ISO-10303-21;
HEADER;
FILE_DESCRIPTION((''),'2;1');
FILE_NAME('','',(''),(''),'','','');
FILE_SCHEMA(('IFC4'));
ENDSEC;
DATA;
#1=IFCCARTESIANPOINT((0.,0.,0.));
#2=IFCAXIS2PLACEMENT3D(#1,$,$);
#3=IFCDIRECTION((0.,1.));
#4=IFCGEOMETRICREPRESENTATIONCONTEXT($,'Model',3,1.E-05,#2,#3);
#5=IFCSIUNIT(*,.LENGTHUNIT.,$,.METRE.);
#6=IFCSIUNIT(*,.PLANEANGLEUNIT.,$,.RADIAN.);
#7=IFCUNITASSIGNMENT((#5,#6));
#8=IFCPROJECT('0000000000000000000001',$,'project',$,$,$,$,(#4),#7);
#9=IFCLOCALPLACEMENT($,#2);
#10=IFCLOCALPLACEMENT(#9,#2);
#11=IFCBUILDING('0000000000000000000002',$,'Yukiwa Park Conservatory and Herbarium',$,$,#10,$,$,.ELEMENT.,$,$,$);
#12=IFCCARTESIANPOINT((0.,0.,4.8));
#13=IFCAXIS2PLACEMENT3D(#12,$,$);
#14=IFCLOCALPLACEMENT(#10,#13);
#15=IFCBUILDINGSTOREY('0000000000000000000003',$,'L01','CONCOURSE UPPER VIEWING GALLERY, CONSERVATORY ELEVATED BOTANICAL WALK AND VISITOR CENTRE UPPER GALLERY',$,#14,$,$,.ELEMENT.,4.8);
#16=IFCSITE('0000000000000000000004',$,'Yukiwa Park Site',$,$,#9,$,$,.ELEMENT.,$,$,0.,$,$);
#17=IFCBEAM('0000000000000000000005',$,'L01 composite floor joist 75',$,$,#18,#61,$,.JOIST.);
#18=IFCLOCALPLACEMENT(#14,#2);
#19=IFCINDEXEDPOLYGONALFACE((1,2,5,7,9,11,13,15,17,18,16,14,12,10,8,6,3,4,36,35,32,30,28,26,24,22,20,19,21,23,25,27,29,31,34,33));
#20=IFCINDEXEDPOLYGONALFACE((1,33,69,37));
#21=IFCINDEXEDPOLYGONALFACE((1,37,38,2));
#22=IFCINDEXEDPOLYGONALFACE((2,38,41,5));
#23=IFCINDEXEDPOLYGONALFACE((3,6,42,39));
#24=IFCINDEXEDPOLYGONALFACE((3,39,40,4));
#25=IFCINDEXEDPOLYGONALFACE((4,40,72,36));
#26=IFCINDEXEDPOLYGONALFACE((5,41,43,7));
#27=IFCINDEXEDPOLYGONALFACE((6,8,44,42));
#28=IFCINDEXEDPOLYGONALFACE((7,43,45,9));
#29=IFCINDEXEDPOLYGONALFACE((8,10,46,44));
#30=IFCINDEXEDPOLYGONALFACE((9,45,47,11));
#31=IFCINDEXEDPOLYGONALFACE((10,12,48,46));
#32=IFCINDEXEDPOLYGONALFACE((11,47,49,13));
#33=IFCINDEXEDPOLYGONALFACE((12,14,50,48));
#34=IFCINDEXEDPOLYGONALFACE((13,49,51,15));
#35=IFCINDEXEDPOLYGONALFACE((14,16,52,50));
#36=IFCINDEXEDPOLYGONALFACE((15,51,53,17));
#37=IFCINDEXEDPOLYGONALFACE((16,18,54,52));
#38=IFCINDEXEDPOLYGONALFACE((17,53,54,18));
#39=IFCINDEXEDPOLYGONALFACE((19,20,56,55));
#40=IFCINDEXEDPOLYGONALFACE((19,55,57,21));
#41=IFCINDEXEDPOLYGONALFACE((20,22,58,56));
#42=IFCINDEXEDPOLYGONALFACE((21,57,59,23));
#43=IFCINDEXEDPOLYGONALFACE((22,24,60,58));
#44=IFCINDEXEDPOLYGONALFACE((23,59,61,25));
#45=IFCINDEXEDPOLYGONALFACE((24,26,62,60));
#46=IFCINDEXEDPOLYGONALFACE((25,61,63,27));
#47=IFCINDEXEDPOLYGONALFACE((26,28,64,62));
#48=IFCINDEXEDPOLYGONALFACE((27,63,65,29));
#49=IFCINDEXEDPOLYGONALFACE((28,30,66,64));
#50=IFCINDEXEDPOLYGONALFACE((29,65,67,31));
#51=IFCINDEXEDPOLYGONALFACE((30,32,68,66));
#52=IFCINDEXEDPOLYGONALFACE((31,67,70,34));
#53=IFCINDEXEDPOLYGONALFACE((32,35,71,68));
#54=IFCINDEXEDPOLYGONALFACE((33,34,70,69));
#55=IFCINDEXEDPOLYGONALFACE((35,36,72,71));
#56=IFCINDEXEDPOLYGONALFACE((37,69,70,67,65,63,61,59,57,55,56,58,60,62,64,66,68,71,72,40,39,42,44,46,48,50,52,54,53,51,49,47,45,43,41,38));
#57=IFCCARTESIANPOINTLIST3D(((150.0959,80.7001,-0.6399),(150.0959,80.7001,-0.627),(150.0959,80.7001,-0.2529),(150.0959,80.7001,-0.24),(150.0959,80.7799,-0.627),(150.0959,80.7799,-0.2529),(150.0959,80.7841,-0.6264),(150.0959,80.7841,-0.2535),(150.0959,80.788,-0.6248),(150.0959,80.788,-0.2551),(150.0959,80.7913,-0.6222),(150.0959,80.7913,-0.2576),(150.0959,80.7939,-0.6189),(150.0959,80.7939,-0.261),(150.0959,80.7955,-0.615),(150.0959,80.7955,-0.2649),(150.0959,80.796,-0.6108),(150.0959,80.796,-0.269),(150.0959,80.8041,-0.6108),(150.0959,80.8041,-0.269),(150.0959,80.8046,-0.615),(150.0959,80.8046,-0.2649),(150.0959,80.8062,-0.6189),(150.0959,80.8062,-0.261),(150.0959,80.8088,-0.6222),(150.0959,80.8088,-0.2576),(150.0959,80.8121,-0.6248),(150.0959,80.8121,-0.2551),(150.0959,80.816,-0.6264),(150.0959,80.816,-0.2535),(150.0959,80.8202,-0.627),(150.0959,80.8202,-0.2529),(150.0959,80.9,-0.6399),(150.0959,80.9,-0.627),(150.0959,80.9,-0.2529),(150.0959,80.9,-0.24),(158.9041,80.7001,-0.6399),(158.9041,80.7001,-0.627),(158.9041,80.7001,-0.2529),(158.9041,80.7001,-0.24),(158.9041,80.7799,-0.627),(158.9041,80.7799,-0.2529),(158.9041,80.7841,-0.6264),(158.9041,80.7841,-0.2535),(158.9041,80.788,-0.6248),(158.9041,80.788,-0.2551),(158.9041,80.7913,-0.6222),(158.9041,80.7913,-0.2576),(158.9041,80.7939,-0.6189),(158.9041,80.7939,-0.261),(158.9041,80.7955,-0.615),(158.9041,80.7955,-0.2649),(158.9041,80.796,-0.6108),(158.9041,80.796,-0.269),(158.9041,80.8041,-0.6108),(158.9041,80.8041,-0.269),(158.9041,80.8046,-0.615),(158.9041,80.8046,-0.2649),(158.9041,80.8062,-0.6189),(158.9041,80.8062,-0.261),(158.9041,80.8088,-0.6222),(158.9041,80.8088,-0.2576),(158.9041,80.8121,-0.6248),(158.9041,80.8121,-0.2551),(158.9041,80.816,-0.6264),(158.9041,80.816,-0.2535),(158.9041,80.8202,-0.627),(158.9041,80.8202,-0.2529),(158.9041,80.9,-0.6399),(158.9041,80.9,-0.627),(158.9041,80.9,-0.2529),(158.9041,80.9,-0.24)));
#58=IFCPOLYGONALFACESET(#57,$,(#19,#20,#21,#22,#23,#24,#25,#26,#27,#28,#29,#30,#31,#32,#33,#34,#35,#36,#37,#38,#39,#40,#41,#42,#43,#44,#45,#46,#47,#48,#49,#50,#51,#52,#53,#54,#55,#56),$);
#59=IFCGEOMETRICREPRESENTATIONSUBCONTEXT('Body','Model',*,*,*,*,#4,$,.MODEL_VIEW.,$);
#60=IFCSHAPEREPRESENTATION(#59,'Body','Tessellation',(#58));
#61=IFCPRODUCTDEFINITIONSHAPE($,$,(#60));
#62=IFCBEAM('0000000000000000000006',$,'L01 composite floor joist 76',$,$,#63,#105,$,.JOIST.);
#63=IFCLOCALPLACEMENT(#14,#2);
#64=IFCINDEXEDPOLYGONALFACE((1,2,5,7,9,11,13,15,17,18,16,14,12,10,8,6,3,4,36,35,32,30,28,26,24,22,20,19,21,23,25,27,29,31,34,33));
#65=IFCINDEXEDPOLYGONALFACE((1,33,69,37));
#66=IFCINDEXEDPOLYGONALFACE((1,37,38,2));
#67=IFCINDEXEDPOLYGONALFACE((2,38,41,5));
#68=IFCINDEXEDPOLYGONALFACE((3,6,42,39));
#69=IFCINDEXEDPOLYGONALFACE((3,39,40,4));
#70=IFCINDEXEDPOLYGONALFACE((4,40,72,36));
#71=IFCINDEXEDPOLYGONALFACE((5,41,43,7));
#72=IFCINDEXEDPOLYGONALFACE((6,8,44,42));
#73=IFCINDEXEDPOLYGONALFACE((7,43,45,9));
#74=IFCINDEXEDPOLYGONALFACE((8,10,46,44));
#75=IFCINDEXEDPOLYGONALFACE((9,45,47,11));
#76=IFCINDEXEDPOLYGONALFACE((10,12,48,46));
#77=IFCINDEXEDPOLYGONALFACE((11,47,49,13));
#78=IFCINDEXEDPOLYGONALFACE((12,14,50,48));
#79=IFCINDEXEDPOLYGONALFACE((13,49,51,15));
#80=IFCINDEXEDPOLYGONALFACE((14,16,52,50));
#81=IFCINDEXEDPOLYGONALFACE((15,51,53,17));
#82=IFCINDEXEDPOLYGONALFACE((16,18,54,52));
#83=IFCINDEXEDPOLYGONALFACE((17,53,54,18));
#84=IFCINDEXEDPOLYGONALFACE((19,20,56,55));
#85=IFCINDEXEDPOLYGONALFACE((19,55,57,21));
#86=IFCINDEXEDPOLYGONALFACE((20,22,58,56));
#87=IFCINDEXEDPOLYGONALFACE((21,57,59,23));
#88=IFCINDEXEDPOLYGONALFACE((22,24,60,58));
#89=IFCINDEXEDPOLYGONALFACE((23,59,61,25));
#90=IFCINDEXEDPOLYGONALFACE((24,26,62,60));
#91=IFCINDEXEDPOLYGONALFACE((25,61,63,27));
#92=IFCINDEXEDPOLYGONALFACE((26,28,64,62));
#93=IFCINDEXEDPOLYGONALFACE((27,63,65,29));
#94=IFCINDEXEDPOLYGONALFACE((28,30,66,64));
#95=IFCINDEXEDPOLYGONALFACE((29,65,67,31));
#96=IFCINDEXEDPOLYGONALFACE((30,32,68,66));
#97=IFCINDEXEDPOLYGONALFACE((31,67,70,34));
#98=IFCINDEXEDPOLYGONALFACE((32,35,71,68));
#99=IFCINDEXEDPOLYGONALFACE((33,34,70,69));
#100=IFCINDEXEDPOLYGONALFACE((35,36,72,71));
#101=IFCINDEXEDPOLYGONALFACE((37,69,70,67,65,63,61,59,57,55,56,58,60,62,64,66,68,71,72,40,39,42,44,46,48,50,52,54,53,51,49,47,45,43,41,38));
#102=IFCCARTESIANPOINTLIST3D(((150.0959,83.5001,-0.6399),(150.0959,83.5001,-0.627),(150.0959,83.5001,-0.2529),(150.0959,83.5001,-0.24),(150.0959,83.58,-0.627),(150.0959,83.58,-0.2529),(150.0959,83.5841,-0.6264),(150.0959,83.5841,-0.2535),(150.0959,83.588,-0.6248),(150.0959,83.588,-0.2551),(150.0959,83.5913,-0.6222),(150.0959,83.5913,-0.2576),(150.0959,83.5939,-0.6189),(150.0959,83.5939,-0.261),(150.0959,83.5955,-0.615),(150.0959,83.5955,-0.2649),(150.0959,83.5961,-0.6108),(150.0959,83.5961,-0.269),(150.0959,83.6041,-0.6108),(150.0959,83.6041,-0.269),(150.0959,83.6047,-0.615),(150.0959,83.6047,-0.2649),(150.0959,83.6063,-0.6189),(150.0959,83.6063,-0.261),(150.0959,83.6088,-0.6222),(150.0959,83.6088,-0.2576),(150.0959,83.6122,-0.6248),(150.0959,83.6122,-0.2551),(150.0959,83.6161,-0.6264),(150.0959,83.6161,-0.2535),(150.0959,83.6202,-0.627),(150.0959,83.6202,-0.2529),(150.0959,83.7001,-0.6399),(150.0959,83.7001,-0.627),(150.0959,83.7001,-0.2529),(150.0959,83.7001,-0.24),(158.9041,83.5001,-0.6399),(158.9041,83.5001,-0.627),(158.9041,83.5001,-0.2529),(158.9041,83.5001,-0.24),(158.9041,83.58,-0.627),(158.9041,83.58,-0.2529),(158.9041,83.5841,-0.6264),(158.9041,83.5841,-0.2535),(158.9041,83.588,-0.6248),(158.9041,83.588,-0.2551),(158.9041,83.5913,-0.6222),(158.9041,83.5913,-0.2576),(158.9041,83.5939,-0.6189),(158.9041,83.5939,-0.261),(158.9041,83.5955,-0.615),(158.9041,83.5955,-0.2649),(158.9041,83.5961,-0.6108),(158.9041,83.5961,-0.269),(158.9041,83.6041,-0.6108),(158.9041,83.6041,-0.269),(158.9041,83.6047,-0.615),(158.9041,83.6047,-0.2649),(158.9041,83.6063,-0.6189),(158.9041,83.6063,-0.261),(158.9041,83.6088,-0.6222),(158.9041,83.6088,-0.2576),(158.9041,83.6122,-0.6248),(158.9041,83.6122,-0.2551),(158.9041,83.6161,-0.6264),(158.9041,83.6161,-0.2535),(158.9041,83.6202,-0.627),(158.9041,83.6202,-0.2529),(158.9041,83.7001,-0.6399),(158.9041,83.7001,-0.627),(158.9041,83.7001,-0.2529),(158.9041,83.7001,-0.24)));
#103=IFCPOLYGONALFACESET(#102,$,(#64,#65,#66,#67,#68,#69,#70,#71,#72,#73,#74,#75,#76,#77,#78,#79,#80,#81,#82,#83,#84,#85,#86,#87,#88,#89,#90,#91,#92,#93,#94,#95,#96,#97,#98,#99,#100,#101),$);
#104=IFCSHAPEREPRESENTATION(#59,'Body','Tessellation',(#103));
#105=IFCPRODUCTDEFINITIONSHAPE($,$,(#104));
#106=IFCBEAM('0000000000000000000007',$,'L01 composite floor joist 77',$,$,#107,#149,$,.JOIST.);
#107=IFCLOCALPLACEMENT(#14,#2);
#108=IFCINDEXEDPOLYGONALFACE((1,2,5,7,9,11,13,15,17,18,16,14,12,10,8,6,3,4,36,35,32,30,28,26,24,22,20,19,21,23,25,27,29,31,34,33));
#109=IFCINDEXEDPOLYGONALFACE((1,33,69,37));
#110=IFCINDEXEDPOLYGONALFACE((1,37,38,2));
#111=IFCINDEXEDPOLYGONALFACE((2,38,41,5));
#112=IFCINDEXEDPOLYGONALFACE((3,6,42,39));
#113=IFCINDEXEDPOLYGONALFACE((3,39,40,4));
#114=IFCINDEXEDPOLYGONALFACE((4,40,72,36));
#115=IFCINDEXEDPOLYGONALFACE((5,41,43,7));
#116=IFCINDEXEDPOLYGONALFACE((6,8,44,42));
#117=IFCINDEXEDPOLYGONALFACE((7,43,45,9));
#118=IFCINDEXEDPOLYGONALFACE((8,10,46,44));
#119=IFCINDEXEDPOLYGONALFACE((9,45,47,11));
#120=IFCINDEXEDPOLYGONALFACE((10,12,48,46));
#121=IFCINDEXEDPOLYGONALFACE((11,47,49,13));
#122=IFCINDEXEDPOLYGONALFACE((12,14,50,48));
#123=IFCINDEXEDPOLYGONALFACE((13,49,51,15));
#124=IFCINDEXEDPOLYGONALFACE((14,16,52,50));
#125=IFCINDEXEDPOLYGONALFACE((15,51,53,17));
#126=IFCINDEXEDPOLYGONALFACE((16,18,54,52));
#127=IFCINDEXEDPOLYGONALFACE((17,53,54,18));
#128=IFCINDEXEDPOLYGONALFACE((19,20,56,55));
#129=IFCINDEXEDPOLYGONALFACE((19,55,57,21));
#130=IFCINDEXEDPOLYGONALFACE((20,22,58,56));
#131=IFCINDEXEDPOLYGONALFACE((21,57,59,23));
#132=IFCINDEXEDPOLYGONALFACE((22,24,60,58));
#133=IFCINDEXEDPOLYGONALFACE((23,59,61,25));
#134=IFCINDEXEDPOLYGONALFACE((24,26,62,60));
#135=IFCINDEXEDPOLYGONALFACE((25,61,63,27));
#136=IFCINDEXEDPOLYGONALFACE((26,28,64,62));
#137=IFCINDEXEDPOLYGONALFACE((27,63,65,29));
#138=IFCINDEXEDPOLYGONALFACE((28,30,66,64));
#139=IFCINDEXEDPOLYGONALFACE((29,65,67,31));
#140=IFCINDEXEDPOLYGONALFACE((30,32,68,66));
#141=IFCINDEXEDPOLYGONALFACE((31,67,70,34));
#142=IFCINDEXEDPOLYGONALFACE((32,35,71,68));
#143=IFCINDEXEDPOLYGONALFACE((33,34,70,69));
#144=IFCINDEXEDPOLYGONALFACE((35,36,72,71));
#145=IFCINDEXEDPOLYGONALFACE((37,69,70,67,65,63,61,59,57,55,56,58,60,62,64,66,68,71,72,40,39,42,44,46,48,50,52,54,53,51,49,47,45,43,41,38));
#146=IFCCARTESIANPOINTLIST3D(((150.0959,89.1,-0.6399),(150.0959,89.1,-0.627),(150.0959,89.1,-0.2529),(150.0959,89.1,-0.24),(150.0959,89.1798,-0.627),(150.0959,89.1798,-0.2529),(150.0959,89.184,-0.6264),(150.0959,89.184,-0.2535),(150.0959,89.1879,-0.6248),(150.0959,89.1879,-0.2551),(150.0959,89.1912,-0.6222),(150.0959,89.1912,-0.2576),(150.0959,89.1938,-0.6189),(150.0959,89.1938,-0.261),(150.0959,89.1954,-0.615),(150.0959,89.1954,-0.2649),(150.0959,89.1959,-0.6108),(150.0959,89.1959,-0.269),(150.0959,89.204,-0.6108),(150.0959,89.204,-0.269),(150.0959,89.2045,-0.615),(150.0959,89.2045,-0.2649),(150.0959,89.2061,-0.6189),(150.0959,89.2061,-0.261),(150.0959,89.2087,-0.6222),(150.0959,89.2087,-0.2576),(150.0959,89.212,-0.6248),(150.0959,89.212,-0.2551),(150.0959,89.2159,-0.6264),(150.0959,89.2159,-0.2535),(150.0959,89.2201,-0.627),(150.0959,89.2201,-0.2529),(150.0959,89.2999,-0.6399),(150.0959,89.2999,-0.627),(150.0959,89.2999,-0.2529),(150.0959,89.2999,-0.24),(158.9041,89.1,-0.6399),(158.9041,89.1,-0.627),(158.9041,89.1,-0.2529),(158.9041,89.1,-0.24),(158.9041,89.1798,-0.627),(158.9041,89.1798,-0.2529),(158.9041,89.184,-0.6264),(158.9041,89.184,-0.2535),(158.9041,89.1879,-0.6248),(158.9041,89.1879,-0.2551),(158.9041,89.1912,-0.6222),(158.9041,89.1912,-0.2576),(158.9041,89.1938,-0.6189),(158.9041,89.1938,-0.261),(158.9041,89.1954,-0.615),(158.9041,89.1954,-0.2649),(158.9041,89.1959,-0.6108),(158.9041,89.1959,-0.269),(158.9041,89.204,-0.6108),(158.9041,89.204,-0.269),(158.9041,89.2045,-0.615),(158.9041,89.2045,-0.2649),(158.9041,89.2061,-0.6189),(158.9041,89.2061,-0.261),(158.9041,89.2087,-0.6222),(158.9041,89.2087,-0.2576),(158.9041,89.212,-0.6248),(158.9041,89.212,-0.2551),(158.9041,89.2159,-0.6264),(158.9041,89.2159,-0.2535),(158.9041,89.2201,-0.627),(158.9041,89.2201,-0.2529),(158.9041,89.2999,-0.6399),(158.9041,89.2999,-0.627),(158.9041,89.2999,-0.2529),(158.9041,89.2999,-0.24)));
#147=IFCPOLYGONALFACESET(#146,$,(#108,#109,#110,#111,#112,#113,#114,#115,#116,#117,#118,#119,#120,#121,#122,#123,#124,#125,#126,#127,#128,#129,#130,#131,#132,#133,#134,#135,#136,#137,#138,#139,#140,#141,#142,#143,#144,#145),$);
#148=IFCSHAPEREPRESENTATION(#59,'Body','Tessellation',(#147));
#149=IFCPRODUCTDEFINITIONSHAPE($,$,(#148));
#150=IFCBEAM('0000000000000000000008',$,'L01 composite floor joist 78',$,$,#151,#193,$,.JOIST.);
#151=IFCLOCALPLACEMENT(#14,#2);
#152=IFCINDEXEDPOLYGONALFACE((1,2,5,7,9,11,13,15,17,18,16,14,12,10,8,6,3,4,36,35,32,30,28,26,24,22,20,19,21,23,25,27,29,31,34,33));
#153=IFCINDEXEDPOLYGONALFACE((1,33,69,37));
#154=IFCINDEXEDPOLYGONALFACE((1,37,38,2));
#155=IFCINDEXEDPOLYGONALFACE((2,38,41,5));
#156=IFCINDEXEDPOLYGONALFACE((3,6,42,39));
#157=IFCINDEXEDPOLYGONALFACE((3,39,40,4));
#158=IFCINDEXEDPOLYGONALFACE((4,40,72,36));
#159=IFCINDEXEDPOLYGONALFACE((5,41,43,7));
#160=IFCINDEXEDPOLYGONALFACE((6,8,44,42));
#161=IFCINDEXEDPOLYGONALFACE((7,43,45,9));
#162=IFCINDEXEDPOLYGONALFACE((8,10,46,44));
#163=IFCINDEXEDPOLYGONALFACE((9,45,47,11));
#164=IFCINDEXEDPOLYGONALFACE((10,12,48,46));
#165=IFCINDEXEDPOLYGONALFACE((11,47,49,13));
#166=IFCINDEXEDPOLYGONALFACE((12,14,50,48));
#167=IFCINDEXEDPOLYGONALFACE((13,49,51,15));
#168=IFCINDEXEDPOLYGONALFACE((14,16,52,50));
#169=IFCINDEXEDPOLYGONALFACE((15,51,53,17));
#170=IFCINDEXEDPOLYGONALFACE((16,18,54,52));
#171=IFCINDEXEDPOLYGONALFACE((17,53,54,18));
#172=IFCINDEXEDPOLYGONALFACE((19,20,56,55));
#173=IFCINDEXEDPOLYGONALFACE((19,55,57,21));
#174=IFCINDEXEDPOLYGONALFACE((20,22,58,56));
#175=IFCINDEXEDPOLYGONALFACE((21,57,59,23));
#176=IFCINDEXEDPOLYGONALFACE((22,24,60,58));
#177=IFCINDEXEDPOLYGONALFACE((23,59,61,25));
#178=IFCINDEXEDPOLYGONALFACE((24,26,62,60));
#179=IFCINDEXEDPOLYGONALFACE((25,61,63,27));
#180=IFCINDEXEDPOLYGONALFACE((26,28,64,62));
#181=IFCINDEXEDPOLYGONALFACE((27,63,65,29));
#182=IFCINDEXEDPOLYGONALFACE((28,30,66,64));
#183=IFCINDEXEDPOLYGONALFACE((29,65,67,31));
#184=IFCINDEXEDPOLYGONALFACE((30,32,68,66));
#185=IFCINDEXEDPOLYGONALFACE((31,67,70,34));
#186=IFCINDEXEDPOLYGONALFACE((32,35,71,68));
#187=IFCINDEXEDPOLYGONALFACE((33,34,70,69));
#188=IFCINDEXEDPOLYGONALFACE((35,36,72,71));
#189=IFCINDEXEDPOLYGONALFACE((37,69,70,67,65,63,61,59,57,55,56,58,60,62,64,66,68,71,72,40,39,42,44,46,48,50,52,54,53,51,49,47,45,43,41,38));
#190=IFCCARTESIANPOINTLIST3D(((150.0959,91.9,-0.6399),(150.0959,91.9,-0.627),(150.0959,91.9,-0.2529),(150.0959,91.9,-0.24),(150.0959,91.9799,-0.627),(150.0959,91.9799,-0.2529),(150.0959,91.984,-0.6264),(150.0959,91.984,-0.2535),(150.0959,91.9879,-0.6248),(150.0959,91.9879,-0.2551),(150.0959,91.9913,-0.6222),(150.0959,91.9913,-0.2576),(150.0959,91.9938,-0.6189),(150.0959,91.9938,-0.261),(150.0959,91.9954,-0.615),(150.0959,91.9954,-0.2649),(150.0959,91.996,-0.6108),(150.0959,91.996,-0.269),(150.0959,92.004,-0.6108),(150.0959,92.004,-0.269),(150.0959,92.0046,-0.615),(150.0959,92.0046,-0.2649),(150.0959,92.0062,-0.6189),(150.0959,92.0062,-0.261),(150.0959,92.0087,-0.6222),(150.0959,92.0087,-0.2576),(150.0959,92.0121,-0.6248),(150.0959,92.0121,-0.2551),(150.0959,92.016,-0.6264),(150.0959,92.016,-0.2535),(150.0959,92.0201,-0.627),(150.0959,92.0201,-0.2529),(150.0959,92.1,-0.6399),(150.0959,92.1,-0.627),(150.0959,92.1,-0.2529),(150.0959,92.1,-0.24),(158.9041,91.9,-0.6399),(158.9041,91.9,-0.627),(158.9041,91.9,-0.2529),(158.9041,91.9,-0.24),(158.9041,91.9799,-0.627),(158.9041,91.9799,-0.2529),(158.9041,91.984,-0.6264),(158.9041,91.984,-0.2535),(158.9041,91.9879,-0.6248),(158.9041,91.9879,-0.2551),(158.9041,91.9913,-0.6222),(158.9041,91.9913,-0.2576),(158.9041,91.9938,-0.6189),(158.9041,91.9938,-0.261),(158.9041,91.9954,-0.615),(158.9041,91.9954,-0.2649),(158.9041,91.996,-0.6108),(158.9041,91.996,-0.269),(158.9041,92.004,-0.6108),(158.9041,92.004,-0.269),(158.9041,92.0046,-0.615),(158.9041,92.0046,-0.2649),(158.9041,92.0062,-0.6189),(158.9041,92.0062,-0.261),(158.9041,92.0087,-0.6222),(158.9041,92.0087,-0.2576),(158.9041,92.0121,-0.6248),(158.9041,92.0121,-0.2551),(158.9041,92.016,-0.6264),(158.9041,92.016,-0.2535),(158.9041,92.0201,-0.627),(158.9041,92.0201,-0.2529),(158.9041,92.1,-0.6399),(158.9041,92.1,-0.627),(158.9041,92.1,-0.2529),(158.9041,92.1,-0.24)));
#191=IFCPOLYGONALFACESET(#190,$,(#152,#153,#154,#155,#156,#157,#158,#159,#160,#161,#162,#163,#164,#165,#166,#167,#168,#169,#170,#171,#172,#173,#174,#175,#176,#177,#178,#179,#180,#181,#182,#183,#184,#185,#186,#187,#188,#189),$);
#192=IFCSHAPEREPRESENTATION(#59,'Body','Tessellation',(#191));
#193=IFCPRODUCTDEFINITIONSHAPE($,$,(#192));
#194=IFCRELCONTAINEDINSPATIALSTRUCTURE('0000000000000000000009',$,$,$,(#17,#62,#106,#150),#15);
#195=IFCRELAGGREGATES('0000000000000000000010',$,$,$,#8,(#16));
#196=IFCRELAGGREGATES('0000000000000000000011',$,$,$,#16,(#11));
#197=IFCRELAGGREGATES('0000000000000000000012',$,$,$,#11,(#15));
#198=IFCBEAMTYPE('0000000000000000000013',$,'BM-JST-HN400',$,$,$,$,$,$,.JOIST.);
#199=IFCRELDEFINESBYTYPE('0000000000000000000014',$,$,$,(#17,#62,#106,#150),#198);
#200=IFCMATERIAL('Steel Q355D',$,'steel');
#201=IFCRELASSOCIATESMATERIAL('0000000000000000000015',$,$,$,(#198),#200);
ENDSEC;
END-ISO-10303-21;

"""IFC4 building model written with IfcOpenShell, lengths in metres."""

from ifc_helpers import new_model, si_unit, direction, frame, origin, origin_2d, place, context, subcontext, project, spatial, i_section, extrude, material, material_profile, profile_set, type_object, element, save


model = new_model("IFC4")

# Units and contexts
model_context = context("Model", 3, precision=1e-05, world=origin(), true_north=direction((0.0, 1.0)))
body_context = subcontext(model_context, "Body", "Model", "MODEL_VIEW")
ifc_project = project(units=[si_unit("LENGTHUNIT", "METRE"), si_unit("PLANEANGLEUNIT", "RADIAN")], contexts=[model_context])

# Site, building, storey
site_placement = place(None, origin())
site = spatial("IfcSite", under=ifc_project, at=site_placement, Name="Yukiwa Park Site", CompositionType="ELEMENT", RefElevation=0.0)
building_placement = place(site_placement, origin())
building = spatial("IfcBuilding", under=site, at=building_placement, Name="Yukiwa Park Conservatory and Herbarium", CompositionType="ELEMENT")
storey_placement = place(building_placement, frame((0.0, 0.0, 4.8)))
storey = spatial("IfcBuildingStorey", under=building, at=storey_placement, Name="L01", Description="CONCOURSE UPPER VIEWING GALLERY, CONSERVATORY ELEVATED BOTANICAL WALK AND VISITOR CENTRE UPPER GALLERY", CompositionType="ELEMENT", Elevation=4.8)

# Beams
ifc_material_1 = material(Name="Steel Q355D", Category="steel")
ifc_material_profile_1 = material_profile(ifc_material_1, i_section(OverallWidth=0.2, OverallDepth=0.3999, WebThickness=0.0081, FlangeThickness=0.0129, FilletRadius=0.0161, at=origin_2d()), Name="HN 400x200x8x13")
ifc_profile_set_1 = profile_set([ifc_material_profile_1], Name="Steel Q355D")
beam_type_1 = type_object("IfcBeamType", Name="BM-JST-HN400", PredefinedType="JOIST", material=ifc_profile_set_1)
for number, where, z_axis, x_axis, name in (
    (1, (150.0959, 80.8, -0.4399), (1.0, 0.0, 0.0), (0.0, 1.0, 0.0), "L01 composite floor joist 75"),
    (2, (150.0959, 83.6001, -0.4399), (1.0, 0.0, 0.0), (0.0, 1.0, 0.0), "L01 composite floor joist 76"),
    (3, (150.0959, 89.2, -0.4399), (1.0, 0.0, 0.0), (0.0, 1.0, 0.0), "L01 composite floor joist 77"),
    (4, (150.0959, 92.0, -0.4399), (1.0, 0.0, 0.0), (0.0, 1.0, 0.0), "L01 composite floor joist 78"),
):
    element("IfcBeam", number, at=place(storey_placement, frame(where, z_axis=z_axis, x_axis=x_axis)), inside=storey, type_object=beam_type_1, Name=name, PredefinedType="JOIST", context=body_context, shape_type="SweptSolid", body=[
        extrude(i_section(OverallWidth=0.2, OverallDepth=0.3999, WebThickness=0.0081, FlangeThickness=0.0129, FilletRadius=0.0161, at=origin_2d()), origin(), (0.0, 0.0, 1.0), 8.8081),
    ])

save(model, "model.ifc")
